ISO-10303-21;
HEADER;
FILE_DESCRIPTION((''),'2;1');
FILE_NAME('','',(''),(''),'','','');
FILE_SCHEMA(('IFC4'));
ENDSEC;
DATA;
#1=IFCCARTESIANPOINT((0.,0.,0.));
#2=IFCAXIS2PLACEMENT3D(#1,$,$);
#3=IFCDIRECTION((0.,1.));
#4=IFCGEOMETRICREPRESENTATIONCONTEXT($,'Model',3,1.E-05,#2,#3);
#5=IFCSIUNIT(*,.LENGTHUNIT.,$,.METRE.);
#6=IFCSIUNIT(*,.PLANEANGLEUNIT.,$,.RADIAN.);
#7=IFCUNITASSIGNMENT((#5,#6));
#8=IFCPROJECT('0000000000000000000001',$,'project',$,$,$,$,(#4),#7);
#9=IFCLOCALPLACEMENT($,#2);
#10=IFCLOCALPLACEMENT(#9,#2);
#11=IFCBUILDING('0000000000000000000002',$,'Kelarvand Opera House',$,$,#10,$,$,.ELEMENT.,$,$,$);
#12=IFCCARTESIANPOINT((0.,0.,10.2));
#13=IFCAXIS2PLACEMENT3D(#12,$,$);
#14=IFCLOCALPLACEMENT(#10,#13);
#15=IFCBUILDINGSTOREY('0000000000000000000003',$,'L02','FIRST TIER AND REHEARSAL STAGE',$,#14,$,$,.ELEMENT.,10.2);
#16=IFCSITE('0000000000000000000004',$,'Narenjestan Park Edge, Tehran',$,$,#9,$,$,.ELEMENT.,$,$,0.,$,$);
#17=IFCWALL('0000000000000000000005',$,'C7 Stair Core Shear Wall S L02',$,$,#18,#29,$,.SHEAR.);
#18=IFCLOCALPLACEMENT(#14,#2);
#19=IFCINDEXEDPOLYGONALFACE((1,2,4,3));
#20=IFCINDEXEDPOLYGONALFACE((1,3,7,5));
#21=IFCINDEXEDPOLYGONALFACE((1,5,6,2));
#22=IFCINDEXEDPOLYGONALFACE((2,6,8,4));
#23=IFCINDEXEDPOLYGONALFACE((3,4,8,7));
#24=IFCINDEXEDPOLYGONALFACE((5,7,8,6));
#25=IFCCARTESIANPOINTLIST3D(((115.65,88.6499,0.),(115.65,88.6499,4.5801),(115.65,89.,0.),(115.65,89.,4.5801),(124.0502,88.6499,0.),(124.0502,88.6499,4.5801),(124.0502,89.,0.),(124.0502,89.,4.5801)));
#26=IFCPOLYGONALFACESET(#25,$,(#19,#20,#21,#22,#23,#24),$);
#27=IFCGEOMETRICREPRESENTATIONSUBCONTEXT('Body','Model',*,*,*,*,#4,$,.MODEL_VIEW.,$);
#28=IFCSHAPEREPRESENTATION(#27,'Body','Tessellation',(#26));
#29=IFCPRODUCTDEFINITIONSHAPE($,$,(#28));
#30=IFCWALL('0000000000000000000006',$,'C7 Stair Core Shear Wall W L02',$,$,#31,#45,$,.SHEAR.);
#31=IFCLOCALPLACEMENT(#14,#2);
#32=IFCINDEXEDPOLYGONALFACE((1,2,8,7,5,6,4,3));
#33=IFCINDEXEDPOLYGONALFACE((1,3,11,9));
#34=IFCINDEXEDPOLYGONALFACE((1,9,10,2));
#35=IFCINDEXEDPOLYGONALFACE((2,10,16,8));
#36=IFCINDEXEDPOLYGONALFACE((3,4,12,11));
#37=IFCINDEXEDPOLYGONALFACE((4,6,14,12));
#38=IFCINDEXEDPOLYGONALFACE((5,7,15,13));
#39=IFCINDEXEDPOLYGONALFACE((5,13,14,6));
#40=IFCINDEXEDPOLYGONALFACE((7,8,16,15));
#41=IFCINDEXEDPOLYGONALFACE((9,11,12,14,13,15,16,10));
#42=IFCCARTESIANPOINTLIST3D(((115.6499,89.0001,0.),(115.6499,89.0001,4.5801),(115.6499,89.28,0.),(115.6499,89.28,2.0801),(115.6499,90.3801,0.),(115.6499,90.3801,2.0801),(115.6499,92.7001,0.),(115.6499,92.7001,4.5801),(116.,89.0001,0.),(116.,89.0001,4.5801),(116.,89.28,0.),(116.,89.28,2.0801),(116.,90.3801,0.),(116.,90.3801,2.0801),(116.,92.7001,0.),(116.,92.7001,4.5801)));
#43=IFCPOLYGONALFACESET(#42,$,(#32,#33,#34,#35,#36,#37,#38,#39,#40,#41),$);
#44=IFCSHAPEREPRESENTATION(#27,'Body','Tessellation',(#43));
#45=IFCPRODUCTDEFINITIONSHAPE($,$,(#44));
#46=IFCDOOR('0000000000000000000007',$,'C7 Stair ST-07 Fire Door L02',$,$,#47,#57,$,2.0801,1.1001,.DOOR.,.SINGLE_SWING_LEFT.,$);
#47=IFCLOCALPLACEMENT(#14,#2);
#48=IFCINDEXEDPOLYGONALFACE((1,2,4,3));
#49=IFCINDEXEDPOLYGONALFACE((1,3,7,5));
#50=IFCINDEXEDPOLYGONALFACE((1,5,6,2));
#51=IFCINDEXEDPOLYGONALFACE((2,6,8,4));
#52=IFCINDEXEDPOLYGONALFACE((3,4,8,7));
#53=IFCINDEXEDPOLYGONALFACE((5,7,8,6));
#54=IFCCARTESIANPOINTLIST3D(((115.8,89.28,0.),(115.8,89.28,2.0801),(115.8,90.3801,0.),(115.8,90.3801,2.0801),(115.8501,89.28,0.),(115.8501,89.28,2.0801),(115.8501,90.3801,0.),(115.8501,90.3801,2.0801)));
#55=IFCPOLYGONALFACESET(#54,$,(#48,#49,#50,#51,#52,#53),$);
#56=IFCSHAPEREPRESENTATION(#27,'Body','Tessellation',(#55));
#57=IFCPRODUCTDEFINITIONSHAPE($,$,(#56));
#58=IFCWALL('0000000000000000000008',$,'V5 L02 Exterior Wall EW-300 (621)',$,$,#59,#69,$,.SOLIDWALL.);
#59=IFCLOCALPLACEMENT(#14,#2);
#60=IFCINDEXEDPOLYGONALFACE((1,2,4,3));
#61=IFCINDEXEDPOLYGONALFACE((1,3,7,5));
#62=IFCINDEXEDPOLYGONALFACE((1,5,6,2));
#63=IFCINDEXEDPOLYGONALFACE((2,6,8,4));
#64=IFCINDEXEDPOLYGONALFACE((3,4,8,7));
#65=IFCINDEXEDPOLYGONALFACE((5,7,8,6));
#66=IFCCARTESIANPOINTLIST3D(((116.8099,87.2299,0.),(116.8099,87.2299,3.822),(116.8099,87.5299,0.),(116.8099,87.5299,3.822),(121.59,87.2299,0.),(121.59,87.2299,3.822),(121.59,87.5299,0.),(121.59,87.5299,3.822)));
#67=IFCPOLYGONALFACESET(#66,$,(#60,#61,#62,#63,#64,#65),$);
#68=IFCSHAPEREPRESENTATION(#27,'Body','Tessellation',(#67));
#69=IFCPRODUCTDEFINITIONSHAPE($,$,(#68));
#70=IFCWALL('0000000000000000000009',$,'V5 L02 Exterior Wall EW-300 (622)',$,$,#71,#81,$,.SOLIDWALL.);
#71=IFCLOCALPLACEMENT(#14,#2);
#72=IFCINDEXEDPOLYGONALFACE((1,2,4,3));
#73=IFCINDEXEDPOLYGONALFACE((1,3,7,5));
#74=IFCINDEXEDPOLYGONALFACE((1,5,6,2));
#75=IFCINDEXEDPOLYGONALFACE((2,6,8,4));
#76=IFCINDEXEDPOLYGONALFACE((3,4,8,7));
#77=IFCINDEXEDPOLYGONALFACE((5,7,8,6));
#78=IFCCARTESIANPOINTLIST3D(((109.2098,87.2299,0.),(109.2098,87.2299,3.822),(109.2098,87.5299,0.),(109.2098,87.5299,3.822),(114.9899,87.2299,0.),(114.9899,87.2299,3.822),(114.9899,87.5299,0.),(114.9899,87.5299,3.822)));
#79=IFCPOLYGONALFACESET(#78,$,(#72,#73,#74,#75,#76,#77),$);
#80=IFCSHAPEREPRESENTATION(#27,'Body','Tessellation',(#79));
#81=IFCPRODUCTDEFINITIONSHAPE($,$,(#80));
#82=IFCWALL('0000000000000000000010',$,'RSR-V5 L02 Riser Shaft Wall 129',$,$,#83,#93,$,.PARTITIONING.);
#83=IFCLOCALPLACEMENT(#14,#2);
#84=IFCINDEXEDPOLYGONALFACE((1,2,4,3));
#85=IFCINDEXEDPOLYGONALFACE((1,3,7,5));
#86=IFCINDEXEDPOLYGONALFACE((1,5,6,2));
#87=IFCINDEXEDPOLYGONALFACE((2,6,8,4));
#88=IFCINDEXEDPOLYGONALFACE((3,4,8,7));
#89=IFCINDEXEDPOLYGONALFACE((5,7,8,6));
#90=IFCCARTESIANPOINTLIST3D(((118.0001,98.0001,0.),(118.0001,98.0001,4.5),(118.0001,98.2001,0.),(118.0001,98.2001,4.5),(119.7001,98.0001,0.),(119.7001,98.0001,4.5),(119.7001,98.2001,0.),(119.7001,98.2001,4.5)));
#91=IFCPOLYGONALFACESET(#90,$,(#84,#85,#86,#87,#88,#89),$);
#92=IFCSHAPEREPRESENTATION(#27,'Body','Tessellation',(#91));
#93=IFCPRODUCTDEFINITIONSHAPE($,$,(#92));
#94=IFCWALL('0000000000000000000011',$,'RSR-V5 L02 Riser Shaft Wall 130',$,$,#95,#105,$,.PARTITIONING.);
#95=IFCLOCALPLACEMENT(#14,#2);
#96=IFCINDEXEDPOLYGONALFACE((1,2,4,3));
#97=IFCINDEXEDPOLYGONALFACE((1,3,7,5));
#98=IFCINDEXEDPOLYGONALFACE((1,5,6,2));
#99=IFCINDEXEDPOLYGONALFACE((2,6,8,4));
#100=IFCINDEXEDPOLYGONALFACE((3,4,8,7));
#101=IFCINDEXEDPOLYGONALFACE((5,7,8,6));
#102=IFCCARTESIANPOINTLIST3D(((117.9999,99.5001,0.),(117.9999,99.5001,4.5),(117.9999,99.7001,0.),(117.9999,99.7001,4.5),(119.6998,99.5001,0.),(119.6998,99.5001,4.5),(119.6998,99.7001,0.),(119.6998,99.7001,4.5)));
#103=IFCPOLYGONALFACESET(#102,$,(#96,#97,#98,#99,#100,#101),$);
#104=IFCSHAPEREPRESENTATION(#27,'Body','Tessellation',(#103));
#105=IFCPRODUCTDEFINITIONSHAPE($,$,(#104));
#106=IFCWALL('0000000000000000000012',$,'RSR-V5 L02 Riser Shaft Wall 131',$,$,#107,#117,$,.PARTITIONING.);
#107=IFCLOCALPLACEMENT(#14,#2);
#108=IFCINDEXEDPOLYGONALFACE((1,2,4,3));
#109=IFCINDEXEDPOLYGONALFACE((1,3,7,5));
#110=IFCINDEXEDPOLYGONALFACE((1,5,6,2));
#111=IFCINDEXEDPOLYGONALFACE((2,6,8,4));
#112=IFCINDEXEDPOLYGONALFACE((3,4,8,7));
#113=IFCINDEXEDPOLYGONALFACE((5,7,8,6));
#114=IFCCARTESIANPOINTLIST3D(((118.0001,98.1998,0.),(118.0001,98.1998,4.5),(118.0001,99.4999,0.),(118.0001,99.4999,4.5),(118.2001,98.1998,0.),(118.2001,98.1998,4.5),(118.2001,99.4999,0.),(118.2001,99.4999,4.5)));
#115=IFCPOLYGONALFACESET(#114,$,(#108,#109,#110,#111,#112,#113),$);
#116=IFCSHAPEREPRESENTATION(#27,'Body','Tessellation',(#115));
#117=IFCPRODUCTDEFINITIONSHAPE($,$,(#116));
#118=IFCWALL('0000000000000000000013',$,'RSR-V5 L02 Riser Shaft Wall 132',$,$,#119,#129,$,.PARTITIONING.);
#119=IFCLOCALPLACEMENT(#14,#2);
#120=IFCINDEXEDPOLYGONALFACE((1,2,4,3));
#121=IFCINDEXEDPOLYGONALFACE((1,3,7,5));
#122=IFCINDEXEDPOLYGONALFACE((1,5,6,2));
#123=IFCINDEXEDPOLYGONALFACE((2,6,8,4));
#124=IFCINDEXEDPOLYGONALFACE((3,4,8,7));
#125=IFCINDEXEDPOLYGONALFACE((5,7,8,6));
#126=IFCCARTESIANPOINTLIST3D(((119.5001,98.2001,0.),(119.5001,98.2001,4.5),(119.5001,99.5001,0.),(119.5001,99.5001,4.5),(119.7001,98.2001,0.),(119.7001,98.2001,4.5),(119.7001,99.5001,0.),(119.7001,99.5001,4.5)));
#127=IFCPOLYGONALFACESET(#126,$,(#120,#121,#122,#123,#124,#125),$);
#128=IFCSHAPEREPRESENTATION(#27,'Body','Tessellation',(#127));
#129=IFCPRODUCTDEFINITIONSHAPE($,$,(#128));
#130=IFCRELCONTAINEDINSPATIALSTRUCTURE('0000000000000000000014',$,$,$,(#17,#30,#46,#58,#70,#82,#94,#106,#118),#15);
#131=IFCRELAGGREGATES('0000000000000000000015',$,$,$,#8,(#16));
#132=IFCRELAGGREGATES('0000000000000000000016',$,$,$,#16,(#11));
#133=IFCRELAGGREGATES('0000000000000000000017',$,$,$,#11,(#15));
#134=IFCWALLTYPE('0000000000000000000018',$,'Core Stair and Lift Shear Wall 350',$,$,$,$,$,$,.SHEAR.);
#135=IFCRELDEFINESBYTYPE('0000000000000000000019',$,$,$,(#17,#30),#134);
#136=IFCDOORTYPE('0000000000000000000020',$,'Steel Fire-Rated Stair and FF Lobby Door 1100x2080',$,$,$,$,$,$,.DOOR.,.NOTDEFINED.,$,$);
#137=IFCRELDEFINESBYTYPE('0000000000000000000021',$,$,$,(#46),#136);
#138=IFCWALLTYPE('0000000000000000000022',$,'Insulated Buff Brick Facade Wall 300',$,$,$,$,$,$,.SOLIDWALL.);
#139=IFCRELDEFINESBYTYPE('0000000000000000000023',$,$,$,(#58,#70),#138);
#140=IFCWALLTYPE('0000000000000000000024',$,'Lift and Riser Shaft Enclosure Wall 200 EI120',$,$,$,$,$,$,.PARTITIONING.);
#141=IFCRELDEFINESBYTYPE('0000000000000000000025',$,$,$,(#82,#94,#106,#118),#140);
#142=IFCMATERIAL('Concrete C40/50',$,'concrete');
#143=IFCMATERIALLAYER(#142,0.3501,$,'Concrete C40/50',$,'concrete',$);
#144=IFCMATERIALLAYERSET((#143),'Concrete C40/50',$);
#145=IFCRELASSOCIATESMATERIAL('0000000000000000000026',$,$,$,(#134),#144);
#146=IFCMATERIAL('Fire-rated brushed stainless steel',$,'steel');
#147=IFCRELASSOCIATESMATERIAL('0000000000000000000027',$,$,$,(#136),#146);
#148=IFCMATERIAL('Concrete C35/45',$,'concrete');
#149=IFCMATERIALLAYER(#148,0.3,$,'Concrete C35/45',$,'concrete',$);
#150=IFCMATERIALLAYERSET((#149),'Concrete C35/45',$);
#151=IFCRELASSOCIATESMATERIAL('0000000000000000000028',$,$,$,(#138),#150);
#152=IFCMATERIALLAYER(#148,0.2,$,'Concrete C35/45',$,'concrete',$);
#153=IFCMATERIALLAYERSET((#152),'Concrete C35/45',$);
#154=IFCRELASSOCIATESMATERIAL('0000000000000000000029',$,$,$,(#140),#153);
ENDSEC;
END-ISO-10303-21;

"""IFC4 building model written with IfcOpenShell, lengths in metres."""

from ifc_helpers import new_model, si_unit, direction, frame, frame_2d, origin, place, context, subcontext, project, spatial, rectangle, extrude, material, layer, layer_set, type_object, element, fill, save


model = new_model("IFC4")

# Units and contexts
model_context = context("Model", 3, precision=1e-05, world=origin(), true_north=direction((0.0, 1.0)))
body_context = subcontext(model_context, "Body", "Model", "MODEL_VIEW")
ifc_project = project(units=[si_unit("LENGTHUNIT", "METRE"), si_unit("PLANEANGLEUNIT", "RADIAN")], contexts=[model_context])

# Site, building, storey
site_placement = place(None, origin())
site = spatial("IfcSite", under=ifc_project, at=site_placement, Name="Narenjestan Park Edge, Tehran", CompositionType="ELEMENT", RefElevation=0.0)
building_placement = place(site_placement, origin())
building = spatial("IfcBuilding", under=site, at=building_placement, Name="Kelarvand Opera House", CompositionType="ELEMENT")
storey_placement = place(building_placement, frame((0.0, 0.0, 10.2)))
storey = spatial("IfcBuildingStorey", under=building, at=storey_placement, Name="L02", Description="FIRST TIER AND REHEARSAL STAGE", CompositionType="ELEMENT", Elevation=10.2)

# Shared definitions
ifc_material_1 = material(Name="Concrete C40/50", Category="concrete")

# Shared definitions
ifc_material_2 = material(Name="Concrete C35/45", Category="concrete")

# Wall
ifc_layer_1 = layer(ifc_material_1, 0.3501, Name="Concrete C40/50", Category="concrete")
ifc_layer_set_1 = layer_set([ifc_layer_1], Name="Concrete C40/50")
wall_type_1 = type_object("IfcWallType", Name="Core Stair and Lift Shear Wall 350", PredefinedType="SHEAR", material=ifc_layer_set_1)
wall_1_placement = place(storey_placement, frame((115.6499, 88.825, 0.0), z_axis=(0.0, 0.0, 1.0), x_axis=(1.0, 0.0, 0.0)))
element("IfcWall", 1, at=wall_1_placement, inside=storey, type_object=wall_type_1, Name="C7 Stair Core Shear Wall S L02", PredefinedType="SHEAR", context=body_context, shape_type="SweptSolid", body=[
    extrude(rectangle(XDim=8.4001, YDim=0.3501, at=frame_2d((4.2002, 0.0))), origin(), (0.0, 0.0, 1.0), 4.5801),
])

# Wall, opening, door
wall_2_placement = place(storey_placement, frame((115.825, 89.0, 0.0), z_axis=(0.0, 0.0, 1.0), x_axis=(0.0, 1.0, 0.0)))
wall_2 = element("IfcWall", 2, at=wall_2_placement, inside=storey, type_object=wall_type_1, Name="C7 Stair Core Shear Wall W L02", PredefinedType="SHEAR", context=body_context, shape_type="SweptSolid", body=[
    extrude(rectangle(XDim=3.7, YDim=0.3501, at=frame_2d((1.8501, 0.0))), origin(), (0.0, 0.0, 1.0), 4.5801),
])
opening_placement = place(wall_2_placement, frame((0.28, 0.0, 0.0)))
opening = element("IfcOpeningElement", 3, at=opening_placement, cuts=wall_2, PredefinedType="OPENING", context=body_context, shape_type="SweptSolid", body=[
    extrude(rectangle(XDim=1.1001, YDim=2.0801, at=frame_2d((0.55, 1.04))), frame((0.0, 0.1851, 0.0), z_axis=(0.0, -1.0, 0.0), x_axis=(1.0, 0.0, 0.0)), (0.0, 0.0, 1.0), 0.3701),
])
ifc_material_3 = material(Name="Fire-rated brushed stainless steel", Category="steel")
door_type = type_object("IfcDoorType", Name="Steel Fire-Rated Stair and FF Lobby Door 1100x2080", OperationType="NOTDEFINED", PredefinedType="DOOR", material=ifc_material_3)
door_placement = place(opening_placement, origin())
door = element("IfcDoor", 4, at=door_placement, inside=storey, type_object=door_type, Name="C7 Stair ST-07 Fire Door L02", OperationType="SINGLE_SWING_LEFT", OverallHeight=2.0801, OverallWidth=1.1001, PredefinedType="DOOR", context=body_context, shape_type="SweptSolid", body=[
    extrude(rectangle(XDim=1.1001, YDim=2.0801, at=frame_2d((0.55, 1.04))), frame((0.0, 0.0249, 0.0), z_axis=(0.0, -1.0, 0.0), x_axis=(1.0, 0.0, 0.0)), (0.0, 0.0, 1.0), 0.05),
])
fill(opening, door)

# Walls
ifc_layer_2 = layer(ifc_material_2, 0.3, Name="Concrete C35/45", Category="concrete")
ifc_layer_set_2 = layer_set([ifc_layer_2], Name="Concrete C35/45")
wall_type_2 = type_object("IfcWallType", Name="Insulated Buff Brick Facade Wall 300", PredefinedType="SOLIDWALL", material=ifc_layer_set_2)
wall_3_placement = place(storey_placement, frame((121.5901, 87.3799, 0.0), z_axis=(0.0, 0.0, 1.0), x_axis=(-1.0, 0.0, 0.0)))
element("IfcWall", 5, at=wall_3_placement, inside=storey, type_object=wall_type_2, Name="V5 L02 Exterior Wall EW-300 (621)", PredefinedType="SOLIDWALL", context=body_context, shape_type="SweptSolid", body=[
    extrude(rectangle(XDim=4.78, YDim=0.3, at=frame_2d((2.3901, 0.0))), origin(), (0.0, 0.0, 1.0), 3.822),
])
wall_4_placement = place(storey_placement, frame((114.99, 87.3799, 0.0), z_axis=(0.0, 0.0, 1.0), x_axis=(-1.0, 0.0, 0.0)))
element("IfcWall", 6, at=wall_4_placement, inside=storey, type_object=wall_type_2, Name="V5 L02 Exterior Wall EW-300 (622)", PredefinedType="SOLIDWALL", context=body_context, shape_type="SweptSolid", body=[
    extrude(rectangle(XDim=5.78, YDim=0.3, at=frame_2d((2.8901, 0.0))), origin(), (0.0, 0.0, 1.0), 3.822),
])
ifc_layer_3 = layer(ifc_material_2, 0.2, Name="Concrete C35/45", Category="concrete")
ifc_layer_set_3 = layer_set([ifc_layer_3], Name="Concrete C35/45")
wall_type_3 = type_object("IfcWallType", Name="Lift and Riser Shaft Enclosure Wall 200 EI120", PredefinedType="PARTITIONING", material=ifc_layer_set_3)
for number, where, z_axis, x_axis, name in (
    (7, (118.0, 98.1001, 0.0), (0.0, 0.0, 1.0), (1.0, 0.0, 0.0), "RSR-V5 L02 Riser Shaft Wall 129"),
    (8, (119.7, 99.6001, 0.0), (0.0, 0.0, 1.0), (-1.0, 0.0, 0.0), "RSR-V5 L02 Riser Shaft Wall 130"),
):
    element("IfcWall", number, at=place(storey_placement, frame(where, z_axis=z_axis, x_axis=x_axis)), inside=storey, type_object=wall_type_3, Name=name, PredefinedType="PARTITIONING", context=body_context, shape_type="SweptSolid", body=[
        extrude(rectangle(XDim=1.7, YDim=0.2, at=frame_2d((0.8501, 0.0))), origin(), (0.0, 0.0, 1.0), 4.5),
    ])
for number, where, z_axis, x_axis, name in (
    (9, (118.1001, 98.2, 0.0), (0.0, 0.0, 1.0), (0.0, 1.0, 0.0), "RSR-V5 L02 Riser Shaft Wall 131"),
    (10, (119.6001, 99.5, 0.0), (0.0, 0.0, 1.0), (0.0, -1.0, 0.0), "RSR-V5 L02 Riser Shaft Wall 132"),
):
    element("IfcWall", number, at=place(storey_placement, frame(where, z_axis=z_axis, x_axis=x_axis)), inside=storey, type_object=wall_type_3, Name=name, PredefinedType="PARTITIONING", context=body_context, shape_type="SweptSolid", body=[
        extrude(rectangle(XDim=1.3, YDim=0.2, at=frame_2d((0.6499, 0.0))), origin(), (0.0, 0.0, 1.0), 4.5),
    ])

save(model, "model.ifc")
